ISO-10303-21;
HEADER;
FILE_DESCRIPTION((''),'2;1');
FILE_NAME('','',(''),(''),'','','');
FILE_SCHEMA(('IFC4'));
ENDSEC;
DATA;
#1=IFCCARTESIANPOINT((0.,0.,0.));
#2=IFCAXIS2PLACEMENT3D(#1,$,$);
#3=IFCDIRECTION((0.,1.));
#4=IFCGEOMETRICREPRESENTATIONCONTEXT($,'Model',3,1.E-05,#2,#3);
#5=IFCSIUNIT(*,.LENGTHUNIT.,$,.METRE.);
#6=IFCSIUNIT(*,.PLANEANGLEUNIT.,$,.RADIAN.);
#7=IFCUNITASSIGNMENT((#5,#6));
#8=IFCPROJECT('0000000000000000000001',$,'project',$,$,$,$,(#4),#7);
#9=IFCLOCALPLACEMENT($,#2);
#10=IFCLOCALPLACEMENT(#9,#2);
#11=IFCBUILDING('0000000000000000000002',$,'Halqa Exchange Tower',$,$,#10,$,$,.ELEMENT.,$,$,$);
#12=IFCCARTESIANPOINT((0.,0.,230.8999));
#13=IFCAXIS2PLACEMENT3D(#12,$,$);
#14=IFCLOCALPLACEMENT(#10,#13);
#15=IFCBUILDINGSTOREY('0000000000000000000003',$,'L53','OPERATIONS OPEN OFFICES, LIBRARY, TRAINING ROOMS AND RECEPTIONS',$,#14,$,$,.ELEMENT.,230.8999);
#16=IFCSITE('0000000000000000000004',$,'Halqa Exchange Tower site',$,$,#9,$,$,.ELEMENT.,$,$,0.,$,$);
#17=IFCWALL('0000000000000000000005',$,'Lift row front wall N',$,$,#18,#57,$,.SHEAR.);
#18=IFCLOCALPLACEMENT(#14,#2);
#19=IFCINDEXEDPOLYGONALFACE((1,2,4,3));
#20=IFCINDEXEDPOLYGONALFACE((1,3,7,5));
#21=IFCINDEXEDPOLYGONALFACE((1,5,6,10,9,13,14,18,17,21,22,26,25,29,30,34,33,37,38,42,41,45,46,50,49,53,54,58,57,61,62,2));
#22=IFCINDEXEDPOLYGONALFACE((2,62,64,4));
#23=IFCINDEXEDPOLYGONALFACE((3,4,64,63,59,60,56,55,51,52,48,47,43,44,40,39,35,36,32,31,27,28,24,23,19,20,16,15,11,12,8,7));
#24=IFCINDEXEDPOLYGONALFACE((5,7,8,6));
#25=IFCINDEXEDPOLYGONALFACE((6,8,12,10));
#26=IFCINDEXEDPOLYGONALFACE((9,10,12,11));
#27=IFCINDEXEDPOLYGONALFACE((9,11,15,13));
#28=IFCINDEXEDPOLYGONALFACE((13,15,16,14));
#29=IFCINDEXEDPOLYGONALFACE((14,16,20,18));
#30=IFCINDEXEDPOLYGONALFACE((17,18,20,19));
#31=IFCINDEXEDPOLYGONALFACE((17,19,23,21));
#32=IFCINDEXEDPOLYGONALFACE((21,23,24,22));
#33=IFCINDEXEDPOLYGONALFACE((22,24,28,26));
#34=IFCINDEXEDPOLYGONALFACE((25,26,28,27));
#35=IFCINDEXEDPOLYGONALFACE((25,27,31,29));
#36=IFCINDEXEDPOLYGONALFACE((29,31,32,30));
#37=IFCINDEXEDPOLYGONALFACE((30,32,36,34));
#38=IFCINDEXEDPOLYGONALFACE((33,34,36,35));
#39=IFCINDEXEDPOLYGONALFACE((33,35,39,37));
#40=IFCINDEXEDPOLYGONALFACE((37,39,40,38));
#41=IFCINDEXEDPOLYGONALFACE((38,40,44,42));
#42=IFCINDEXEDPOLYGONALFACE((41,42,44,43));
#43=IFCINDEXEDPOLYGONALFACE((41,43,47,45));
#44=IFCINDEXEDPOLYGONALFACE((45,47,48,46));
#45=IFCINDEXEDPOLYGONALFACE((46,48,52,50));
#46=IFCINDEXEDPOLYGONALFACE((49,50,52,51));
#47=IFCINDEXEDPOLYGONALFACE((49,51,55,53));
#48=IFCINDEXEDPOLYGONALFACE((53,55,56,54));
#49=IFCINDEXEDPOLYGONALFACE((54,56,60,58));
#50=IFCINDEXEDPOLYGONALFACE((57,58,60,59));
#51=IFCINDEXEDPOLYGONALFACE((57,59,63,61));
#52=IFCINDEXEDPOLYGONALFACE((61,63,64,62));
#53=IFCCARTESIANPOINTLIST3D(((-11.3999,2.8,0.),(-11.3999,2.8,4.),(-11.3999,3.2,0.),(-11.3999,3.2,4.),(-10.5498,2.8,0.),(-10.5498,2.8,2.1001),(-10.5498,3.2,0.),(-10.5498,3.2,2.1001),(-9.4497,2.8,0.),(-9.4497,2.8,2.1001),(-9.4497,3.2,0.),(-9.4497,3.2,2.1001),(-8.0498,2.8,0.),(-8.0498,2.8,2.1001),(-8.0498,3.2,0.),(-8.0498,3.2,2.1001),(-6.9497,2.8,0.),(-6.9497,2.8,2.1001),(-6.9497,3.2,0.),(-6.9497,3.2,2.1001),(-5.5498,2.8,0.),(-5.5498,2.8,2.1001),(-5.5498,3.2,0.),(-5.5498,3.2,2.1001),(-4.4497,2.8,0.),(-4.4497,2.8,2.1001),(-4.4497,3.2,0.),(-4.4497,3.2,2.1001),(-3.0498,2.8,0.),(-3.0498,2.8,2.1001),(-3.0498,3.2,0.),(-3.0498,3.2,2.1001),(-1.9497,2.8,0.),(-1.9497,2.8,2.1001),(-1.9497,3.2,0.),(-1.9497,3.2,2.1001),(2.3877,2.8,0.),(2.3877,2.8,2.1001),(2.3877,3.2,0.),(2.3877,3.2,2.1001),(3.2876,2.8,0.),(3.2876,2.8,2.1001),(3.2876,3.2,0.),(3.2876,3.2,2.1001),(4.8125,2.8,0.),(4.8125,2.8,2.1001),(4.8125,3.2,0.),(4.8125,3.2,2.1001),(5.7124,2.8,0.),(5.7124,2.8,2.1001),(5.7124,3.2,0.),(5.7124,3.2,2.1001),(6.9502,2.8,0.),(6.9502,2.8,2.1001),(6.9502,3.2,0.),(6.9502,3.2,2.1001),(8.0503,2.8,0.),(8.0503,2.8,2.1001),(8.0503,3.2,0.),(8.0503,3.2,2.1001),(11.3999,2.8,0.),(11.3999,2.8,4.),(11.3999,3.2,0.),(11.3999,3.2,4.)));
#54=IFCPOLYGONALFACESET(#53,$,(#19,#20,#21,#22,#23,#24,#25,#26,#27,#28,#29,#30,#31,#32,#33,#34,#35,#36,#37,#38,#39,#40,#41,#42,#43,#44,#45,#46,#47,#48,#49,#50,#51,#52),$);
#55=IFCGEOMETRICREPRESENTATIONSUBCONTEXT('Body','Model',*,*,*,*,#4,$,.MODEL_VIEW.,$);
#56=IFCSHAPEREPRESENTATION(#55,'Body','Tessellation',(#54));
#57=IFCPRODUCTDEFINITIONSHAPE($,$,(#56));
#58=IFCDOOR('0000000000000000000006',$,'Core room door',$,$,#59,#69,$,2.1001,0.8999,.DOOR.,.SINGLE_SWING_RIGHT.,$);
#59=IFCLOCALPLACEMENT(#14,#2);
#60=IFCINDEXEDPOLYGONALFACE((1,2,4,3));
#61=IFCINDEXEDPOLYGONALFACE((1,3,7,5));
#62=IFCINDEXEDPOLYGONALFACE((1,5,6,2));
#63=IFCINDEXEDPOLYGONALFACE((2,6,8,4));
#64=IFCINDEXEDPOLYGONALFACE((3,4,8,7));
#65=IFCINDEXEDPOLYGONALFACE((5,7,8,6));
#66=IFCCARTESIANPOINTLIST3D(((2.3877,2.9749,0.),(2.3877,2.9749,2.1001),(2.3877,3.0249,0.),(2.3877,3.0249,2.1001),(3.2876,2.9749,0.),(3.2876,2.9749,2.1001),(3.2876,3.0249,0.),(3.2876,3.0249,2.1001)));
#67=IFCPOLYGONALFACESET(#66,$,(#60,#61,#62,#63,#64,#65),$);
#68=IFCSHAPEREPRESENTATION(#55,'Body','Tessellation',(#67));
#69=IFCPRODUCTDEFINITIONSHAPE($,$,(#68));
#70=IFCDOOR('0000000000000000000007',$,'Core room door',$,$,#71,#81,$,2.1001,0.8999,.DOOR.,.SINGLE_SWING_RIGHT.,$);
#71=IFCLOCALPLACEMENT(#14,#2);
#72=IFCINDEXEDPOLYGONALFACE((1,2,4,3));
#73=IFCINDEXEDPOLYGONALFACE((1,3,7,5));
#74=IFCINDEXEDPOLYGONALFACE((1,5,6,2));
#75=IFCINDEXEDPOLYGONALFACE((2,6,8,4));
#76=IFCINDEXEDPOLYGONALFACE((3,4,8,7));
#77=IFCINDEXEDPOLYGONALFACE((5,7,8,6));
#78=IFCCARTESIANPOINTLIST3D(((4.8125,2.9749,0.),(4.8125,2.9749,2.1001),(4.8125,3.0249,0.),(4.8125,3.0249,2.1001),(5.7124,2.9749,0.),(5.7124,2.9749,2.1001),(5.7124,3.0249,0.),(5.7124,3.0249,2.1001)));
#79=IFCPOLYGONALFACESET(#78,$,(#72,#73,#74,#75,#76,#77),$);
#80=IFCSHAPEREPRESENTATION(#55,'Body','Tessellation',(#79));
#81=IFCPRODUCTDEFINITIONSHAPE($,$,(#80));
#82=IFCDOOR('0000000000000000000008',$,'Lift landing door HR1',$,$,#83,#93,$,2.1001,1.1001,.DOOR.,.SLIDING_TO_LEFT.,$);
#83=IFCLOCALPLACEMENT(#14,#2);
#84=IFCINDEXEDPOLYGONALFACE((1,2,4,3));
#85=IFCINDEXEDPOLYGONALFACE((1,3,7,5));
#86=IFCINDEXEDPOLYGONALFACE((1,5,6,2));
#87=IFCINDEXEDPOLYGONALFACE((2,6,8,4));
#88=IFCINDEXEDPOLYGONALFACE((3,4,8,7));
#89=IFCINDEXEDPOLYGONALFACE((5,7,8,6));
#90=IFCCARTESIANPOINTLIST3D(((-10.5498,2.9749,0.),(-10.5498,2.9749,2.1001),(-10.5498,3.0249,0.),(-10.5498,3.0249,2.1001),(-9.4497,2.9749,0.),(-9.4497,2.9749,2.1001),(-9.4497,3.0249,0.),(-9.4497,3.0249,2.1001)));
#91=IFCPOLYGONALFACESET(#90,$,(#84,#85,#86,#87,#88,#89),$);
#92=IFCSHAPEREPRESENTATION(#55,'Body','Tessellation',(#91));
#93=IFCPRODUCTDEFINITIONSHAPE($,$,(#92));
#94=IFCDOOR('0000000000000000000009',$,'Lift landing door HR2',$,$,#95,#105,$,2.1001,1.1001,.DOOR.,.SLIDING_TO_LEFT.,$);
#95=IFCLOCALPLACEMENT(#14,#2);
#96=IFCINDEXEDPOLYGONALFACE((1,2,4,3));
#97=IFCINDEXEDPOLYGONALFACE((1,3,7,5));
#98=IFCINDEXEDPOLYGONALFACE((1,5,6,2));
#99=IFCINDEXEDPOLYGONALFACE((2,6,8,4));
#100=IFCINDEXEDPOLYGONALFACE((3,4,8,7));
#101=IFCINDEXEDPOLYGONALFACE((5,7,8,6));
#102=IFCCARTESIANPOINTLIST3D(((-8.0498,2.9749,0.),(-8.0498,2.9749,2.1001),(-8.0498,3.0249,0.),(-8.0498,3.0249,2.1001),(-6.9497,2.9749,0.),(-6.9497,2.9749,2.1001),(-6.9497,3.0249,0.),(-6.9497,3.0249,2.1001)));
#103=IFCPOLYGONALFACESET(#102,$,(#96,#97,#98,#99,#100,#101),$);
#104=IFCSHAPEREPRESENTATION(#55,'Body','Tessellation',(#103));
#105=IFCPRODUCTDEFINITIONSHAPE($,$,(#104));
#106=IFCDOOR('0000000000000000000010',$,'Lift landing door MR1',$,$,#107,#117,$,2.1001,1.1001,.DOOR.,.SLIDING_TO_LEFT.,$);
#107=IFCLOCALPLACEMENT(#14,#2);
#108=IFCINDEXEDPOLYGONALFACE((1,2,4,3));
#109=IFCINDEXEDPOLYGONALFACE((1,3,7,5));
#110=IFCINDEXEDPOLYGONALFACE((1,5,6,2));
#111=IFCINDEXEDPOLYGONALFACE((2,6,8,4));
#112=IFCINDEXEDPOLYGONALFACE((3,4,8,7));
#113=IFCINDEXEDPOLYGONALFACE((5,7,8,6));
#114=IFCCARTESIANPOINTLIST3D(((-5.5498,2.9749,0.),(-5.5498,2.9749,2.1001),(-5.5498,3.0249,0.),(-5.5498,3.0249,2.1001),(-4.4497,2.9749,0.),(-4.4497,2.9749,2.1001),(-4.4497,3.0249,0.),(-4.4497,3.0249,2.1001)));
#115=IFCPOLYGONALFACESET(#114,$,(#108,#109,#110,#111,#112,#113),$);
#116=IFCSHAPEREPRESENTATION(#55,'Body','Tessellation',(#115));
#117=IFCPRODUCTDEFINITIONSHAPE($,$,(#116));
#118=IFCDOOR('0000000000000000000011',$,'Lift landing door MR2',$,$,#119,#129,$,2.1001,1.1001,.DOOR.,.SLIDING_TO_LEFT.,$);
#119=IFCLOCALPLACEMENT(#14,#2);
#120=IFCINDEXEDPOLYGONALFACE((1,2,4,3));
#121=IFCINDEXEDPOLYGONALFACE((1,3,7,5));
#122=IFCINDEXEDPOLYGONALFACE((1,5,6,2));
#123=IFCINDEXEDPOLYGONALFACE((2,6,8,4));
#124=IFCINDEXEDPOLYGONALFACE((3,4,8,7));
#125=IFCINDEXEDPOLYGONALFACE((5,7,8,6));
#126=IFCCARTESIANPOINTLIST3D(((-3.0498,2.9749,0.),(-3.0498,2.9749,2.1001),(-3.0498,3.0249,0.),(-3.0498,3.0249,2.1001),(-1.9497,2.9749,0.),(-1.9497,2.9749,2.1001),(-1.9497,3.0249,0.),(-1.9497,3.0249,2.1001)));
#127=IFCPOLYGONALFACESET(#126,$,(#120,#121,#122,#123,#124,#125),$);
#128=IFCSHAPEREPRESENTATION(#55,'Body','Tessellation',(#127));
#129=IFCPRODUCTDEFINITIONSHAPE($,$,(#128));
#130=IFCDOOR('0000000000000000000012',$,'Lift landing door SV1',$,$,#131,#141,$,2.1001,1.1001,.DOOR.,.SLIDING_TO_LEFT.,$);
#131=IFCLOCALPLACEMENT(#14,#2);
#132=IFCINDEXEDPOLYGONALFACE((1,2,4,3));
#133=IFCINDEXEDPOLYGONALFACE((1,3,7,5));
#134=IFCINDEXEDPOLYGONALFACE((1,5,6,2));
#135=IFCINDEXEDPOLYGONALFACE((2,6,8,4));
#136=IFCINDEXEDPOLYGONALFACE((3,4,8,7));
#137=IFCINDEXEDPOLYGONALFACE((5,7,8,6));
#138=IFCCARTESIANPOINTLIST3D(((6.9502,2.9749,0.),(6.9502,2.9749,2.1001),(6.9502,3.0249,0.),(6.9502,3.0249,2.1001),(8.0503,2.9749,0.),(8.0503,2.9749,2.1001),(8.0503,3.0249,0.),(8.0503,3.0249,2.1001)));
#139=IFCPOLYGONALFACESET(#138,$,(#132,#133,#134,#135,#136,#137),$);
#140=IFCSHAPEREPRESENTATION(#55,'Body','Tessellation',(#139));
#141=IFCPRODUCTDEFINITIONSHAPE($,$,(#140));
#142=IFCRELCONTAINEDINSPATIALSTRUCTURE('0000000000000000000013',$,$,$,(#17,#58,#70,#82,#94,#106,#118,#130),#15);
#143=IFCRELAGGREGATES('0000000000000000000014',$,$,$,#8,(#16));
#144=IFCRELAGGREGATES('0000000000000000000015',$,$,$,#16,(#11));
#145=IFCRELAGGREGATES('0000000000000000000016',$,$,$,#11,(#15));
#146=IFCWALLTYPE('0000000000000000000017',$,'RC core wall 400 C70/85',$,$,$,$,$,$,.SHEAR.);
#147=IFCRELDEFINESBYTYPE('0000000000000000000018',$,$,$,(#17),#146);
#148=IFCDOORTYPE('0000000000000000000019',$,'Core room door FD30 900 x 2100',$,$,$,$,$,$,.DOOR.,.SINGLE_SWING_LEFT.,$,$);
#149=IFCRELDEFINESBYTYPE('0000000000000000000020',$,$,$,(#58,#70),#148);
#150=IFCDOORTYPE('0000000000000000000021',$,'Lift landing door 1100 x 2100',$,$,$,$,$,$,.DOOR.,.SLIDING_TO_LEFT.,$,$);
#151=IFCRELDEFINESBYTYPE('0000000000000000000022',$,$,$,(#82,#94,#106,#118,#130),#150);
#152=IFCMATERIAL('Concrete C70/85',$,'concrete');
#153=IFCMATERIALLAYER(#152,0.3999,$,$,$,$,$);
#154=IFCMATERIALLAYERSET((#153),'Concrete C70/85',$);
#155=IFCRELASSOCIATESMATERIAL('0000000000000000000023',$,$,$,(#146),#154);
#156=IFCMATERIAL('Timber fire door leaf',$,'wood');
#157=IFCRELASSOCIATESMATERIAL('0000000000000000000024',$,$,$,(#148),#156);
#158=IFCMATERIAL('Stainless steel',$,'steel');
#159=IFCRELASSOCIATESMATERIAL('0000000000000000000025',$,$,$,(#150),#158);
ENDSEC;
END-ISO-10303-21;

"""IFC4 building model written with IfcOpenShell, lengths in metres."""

from ifc_helpers import new_model, si_unit, direction, frame, frame_2d, origin, place, context, subcontext, project, spatial, rectangle, extrude, material, layer, layer_set, type_object, element, fill, save


model = new_model("IFC4")

# Units and contexts
model_context = context("Model", 3, precision=1e-05, world=origin(), true_north=direction((0.0, 1.0)))
body_context = subcontext(model_context, "Body", "Model", "MODEL_VIEW")
ifc_project = project(units=[si_unit("LENGTHUNIT", "METRE"), si_unit("PLANEANGLEUNIT", "RADIAN")], contexts=[model_context])

# Site, building, storey
site_placement = place(None, origin())
site = spatial("IfcSite", under=ifc_project, at=site_placement, Name="Halqa Exchange Tower site", CompositionType="ELEMENT", RefElevation=0.0)
building_placement = place(site_placement, origin())
building = spatial("IfcBuilding", under=site, at=building_placement, Name="Halqa Exchange Tower", CompositionType="ELEMENT")
storey_placement = place(building_placement, frame((0.0, 0.0, 230.8999)))
storey = spatial("IfcBuildingStorey", under=building, at=storey_placement, Name="L53", Description="OPERATIONS OPEN OFFICES, LIBRARY, TRAINING ROOMS AND RECEPTIONS", CompositionType="ELEMENT", Elevation=230.8999)

# Wall, openings, doors
ifc_material_1 = material(Name="Concrete C70/85", Category="concrete")
ifc_layer_1 = layer(ifc_material_1, 0.3999)
ifc_layer_set_1 = layer_set([ifc_layer_1], Name="Concrete C70/85")
wall_type_1 = type_object("IfcWallType", Name="RC core wall 400 C70/85", PredefinedType="SHEAR", material=ifc_layer_set_1)
wall_1_placement = place(storey_placement, frame((-11.3999, 3.0, 0.0), z_axis=(0.0, 0.0, 1.0), x_axis=(1.0, 0.0, 0.0)))
wall_1 = element("IfcWall", 1, at=wall_1_placement, inside=storey, type_object=wall_type_1, Name="Lift row front wall N", PredefinedType="SHEAR", context=body_context, shape_type="SweptSolid", body=[
    extrude(rectangle(XDim=22.7998, YDim=0.3999, at=frame_2d((11.3999, 0.0))), origin(), (0.0, 0.0, 1.0), 4.0),
])
opening_1_placement = place(wall_1_placement, frame((0.8501, 0.0, 0.0)))
opening_1 = element("IfcOpeningElement", 2, at=opening_1_placement, cuts=wall_1, PredefinedType="OPENING", context=body_context, shape_type="SweptSolid", body=[
    extrude(rectangle(XDim=1.1001, YDim=2.1001, at=frame_2d((0.55, 1.05))), frame((0.0, 0.2119, 0.0), z_axis=(0.0, -1.0, 0.0), x_axis=(1.0, 0.0, 0.0)), (0.0, 0.0, 1.0), 0.4238),
])
opening_2_placement = place(wall_1_placement, frame((3.3501, 0.0, 0.0)))
opening_2 = element("IfcOpeningElement", 3, at=opening_2_placement, cuts=wall_1, PredefinedType="OPENING", context=body_context, shape_type="SweptSolid", body=[
    extrude(rectangle(XDim=1.1001, YDim=2.1001, at=frame_2d((0.55, 1.05))), frame((0.0, 0.2119, 0.0), z_axis=(0.0, -1.0, 0.0), x_axis=(1.0, 0.0, 0.0)), (0.0, 0.0, 1.0), 0.4238),
])
opening_3_placement = place(wall_1_placement, frame((5.8501, 0.0, 0.0)))
opening_3 = element("IfcOpeningElement", 4, at=opening_3_placement, cuts=wall_1, PredefinedType="OPENING", context=body_context, shape_type="SweptSolid", body=[
    extrude(rectangle(XDim=1.1001, YDim=2.1001, at=frame_2d((0.55, 1.05))), frame((0.0, 0.2119, 0.0), z_axis=(0.0, -1.0, 0.0), x_axis=(1.0, 0.0, 0.0)), (0.0, 0.0, 1.0), 0.4238),
])
opening_4_placement = place(wall_1_placement, frame((8.3501, 0.0, 0.0)))
opening_4 = element("IfcOpeningElement", 5, at=opening_4_placement, cuts=wall_1, PredefinedType="OPENING", context=body_context, shape_type="SweptSolid", body=[
    extrude(rectangle(XDim=1.1001, YDim=2.1001, at=frame_2d((0.55, 1.05))), frame((0.0, 0.2119, 0.0), z_axis=(0.0, -1.0, 0.0), x_axis=(1.0, 0.0, 0.0)), (0.0, 0.0, 1.0), 0.4238),
])
opening_5_placement = place(wall_1_placement, frame((18.3501, 0.0, 0.0)))
opening_5 = element("IfcOpeningElement", 6, at=opening_5_placement, cuts=wall_1, PredefinedType="OPENING", context=body_context, shape_type="SweptSolid", body=[
    extrude(rectangle(XDim=1.1001, YDim=2.1001, at=frame_2d((0.55, 1.05))), frame((0.0, 0.2119, 0.0), z_axis=(0.0, -1.0, 0.0), x_axis=(1.0, 0.0, 0.0)), (0.0, 0.0, 1.0), 0.4238),
])
opening_6_placement = place(wall_1_placement, frame((13.7876, 0.0, 0.0)))
opening_6 = element("IfcOpeningElement", 7, at=opening_6_placement, cuts=wall_1, PredefinedType="OPENING", context=body_context, shape_type="SweptSolid", body=[
    extrude(rectangle(XDim=0.8999, YDim=2.1001, at=frame_2d((0.45, 1.05))), frame((0.0, 0.2119, 0.0), z_axis=(0.0, -1.0, 0.0), x_axis=(1.0, 0.0, 0.0)), (0.0, 0.0, 1.0), 0.4238),
])
opening_7_placement = place(wall_1_placement, frame((16.2124, 0.0, 0.0)))
opening_7 = element("IfcOpeningElement", 8, at=opening_7_placement, cuts=wall_1, PredefinedType="OPENING", context=body_context, shape_type="SweptSolid", body=[
    extrude(rectangle(XDim=0.8999, YDim=2.1001, at=frame_2d((0.45, 1.05))), frame((0.0, 0.2119, 0.0), z_axis=(0.0, -1.0, 0.0), x_axis=(1.0, 0.0, 0.0)), (0.0, 0.0, 1.0), 0.4238),
])
ifc_material_2 = material(Name="Timber fire door leaf", Category="wood")
door_type_1 = type_object("IfcDoorType", Name="Core room door FD30 900 x 2100", OperationType="SINGLE_SWING_LEFT", PredefinedType="DOOR", material=ifc_material_2)
door_1_placement = place(opening_6_placement, origin())
door_1 = element("IfcDoor", 9, at=door_1_placement, inside=storey, type_object=door_type_1, Name="Core room door", OperationType="SINGLE_SWING_RIGHT", OverallHeight=2.1001, OverallWidth=0.8999, PredefinedType="DOOR", context=body_context, shape_type="SweptSolid", body=[
    extrude(rectangle(XDim=0.8999, YDim=2.1001, at=frame_2d((0.45, 1.05))), frame((0.0, 0.0249, 0.0), z_axis=(0.0, -1.0, 0.0), x_axis=(1.0, 0.0, 0.0)), (0.0, 0.0, 1.0), 0.05),
])
fill(opening_6, door_1)
door_2_placement = place(opening_7_placement, origin())
door_2 = element("IfcDoor", 10, at=door_2_placement, inside=storey, type_object=door_type_1, Name="Core room door", OperationType="SINGLE_SWING_RIGHT", OverallHeight=2.1001, OverallWidth=0.8999, PredefinedType="DOOR", context=body_context, shape_type="SweptSolid", body=[
    extrude(rectangle(XDim=0.8999, YDim=2.1001, at=frame_2d((0.45, 1.05))), frame((0.0, 0.0249, 0.0), z_axis=(0.0, -1.0, 0.0), x_axis=(1.0, 0.0, 0.0)), (0.0, 0.0, 1.0), 0.05),
])
fill(opening_7, door_2)
ifc_material_3 = material(Name="Stainless steel", Category="steel")
door_type_2 = type_object("IfcDoorType", Name="Lift landing door 1100 x 2100", OperationType="SLIDING_TO_LEFT", PredefinedType="DOOR", material=ifc_material_3)
door_3_placement = place(opening_1_placement, origin())
door_3 = element("IfcDoor", 11, at=door_3_placement, inside=storey, type_object=door_type_2, Name="Lift landing door HR1", OperationType="SLIDING_TO_LEFT", OverallHeight=2.1001, OverallWidth=1.1001, PredefinedType="DOOR", context=body_context, shape_type="SweptSolid", body=[
    extrude(rectangle(XDim=1.1001, YDim=2.1001, at=frame_2d((0.55, 1.05))), frame((0.0, 0.0249, 0.0), z_axis=(0.0, -1.0, 0.0), x_axis=(1.0, 0.0, 0.0)), (0.0, 0.0, 1.0), 0.05),
])
fill(opening_1, door_3)
door_4_placement = place(opening_2_placement, origin())
door_4 = element("IfcDoor", 12, at=door_4_placement, inside=storey, type_object=door_type_2, Name="Lift landing door HR2", OperationType="SLIDING_TO_LEFT", OverallHeight=2.1001, OverallWidth=1.1001, PredefinedType="DOOR", context=body_context, shape_type="SweptSolid", body=[
    extrude(rectangle(XDim=1.1001, YDim=2.1001, at=frame_2d((0.55, 1.05))), frame((0.0, 0.0249, 0.0), z_axis=(0.0, -1.0, 0.0), x_axis=(1.0, 0.0, 0.0)), (0.0, 0.0, 1.0), 0.05),
])
fill(opening_2, door_4)
door_5_placement = place(opening_3_placement, origin())
door_5 = element("IfcDoor", 13, at=door_5_placement, inside=storey, type_object=door_type_2, Name="Lift landing door MR1", OperationType="SLIDING_TO_LEFT", OverallHeight=2.1001, OverallWidth=1.1001, PredefinedType="DOOR", context=body_context, shape_type="SweptSolid", body=[
    extrude(rectangle(XDim=1.1001, YDim=2.1001, at=frame_2d((0.55, 1.05))), frame((0.0, 0.0249, 0.0), z_axis=(0.0, -1.0, 0.0), x_axis=(1.0, 0.0, 0.0)), (0.0, 0.0, 1.0), 0.05),
])
fill(opening_3, door_5)
door_6_placement = place(opening_4_placement, origin())
door_6 = element("IfcDoor", 14, at=door_6_placement, inside=storey, type_object=door_type_2, Name="Lift landing door MR2", OperationType="SLIDING_TO_LEFT", OverallHeight=2.1001, OverallWidth=1.1001, PredefinedType="DOOR", context=body_context, shape_type="SweptSolid", body=[
    extrude(rectangle(XDim=1.1001, YDim=2.1001, at=frame_2d((0.55, 1.05))), frame((0.0, 0.0249, 0.0), z_axis=(0.0, -1.0, 0.0), x_axis=(1.0, 0.0, 0.0)), (0.0, 0.0, 1.0), 0.05),
])
fill(opening_4, door_6)
door_7_placement = place(opening_5_placement, origin())
door_7 = element("IfcDoor", 15, at=door_7_placement, inside=storey, type_object=door_type_2, Name="Lift landing door SV1", OperationType="SLIDING_TO_LEFT", OverallHeight=2.1001, OverallWidth=1.1001, PredefinedType="DOOR", context=body_context, shape_type="SweptSolid", body=[
    extrude(rectangle(XDim=1.1001, YDim=2.1001, at=frame_2d((0.55, 1.05))), frame((0.0, 0.0249, 0.0), z_axis=(0.0, -1.0, 0.0), x_axis=(1.0, 0.0, 0.0)), (0.0, 0.0, 1.0), 0.05),
])
fill(opening_5, door_7)

save(model, "model.ifc")
